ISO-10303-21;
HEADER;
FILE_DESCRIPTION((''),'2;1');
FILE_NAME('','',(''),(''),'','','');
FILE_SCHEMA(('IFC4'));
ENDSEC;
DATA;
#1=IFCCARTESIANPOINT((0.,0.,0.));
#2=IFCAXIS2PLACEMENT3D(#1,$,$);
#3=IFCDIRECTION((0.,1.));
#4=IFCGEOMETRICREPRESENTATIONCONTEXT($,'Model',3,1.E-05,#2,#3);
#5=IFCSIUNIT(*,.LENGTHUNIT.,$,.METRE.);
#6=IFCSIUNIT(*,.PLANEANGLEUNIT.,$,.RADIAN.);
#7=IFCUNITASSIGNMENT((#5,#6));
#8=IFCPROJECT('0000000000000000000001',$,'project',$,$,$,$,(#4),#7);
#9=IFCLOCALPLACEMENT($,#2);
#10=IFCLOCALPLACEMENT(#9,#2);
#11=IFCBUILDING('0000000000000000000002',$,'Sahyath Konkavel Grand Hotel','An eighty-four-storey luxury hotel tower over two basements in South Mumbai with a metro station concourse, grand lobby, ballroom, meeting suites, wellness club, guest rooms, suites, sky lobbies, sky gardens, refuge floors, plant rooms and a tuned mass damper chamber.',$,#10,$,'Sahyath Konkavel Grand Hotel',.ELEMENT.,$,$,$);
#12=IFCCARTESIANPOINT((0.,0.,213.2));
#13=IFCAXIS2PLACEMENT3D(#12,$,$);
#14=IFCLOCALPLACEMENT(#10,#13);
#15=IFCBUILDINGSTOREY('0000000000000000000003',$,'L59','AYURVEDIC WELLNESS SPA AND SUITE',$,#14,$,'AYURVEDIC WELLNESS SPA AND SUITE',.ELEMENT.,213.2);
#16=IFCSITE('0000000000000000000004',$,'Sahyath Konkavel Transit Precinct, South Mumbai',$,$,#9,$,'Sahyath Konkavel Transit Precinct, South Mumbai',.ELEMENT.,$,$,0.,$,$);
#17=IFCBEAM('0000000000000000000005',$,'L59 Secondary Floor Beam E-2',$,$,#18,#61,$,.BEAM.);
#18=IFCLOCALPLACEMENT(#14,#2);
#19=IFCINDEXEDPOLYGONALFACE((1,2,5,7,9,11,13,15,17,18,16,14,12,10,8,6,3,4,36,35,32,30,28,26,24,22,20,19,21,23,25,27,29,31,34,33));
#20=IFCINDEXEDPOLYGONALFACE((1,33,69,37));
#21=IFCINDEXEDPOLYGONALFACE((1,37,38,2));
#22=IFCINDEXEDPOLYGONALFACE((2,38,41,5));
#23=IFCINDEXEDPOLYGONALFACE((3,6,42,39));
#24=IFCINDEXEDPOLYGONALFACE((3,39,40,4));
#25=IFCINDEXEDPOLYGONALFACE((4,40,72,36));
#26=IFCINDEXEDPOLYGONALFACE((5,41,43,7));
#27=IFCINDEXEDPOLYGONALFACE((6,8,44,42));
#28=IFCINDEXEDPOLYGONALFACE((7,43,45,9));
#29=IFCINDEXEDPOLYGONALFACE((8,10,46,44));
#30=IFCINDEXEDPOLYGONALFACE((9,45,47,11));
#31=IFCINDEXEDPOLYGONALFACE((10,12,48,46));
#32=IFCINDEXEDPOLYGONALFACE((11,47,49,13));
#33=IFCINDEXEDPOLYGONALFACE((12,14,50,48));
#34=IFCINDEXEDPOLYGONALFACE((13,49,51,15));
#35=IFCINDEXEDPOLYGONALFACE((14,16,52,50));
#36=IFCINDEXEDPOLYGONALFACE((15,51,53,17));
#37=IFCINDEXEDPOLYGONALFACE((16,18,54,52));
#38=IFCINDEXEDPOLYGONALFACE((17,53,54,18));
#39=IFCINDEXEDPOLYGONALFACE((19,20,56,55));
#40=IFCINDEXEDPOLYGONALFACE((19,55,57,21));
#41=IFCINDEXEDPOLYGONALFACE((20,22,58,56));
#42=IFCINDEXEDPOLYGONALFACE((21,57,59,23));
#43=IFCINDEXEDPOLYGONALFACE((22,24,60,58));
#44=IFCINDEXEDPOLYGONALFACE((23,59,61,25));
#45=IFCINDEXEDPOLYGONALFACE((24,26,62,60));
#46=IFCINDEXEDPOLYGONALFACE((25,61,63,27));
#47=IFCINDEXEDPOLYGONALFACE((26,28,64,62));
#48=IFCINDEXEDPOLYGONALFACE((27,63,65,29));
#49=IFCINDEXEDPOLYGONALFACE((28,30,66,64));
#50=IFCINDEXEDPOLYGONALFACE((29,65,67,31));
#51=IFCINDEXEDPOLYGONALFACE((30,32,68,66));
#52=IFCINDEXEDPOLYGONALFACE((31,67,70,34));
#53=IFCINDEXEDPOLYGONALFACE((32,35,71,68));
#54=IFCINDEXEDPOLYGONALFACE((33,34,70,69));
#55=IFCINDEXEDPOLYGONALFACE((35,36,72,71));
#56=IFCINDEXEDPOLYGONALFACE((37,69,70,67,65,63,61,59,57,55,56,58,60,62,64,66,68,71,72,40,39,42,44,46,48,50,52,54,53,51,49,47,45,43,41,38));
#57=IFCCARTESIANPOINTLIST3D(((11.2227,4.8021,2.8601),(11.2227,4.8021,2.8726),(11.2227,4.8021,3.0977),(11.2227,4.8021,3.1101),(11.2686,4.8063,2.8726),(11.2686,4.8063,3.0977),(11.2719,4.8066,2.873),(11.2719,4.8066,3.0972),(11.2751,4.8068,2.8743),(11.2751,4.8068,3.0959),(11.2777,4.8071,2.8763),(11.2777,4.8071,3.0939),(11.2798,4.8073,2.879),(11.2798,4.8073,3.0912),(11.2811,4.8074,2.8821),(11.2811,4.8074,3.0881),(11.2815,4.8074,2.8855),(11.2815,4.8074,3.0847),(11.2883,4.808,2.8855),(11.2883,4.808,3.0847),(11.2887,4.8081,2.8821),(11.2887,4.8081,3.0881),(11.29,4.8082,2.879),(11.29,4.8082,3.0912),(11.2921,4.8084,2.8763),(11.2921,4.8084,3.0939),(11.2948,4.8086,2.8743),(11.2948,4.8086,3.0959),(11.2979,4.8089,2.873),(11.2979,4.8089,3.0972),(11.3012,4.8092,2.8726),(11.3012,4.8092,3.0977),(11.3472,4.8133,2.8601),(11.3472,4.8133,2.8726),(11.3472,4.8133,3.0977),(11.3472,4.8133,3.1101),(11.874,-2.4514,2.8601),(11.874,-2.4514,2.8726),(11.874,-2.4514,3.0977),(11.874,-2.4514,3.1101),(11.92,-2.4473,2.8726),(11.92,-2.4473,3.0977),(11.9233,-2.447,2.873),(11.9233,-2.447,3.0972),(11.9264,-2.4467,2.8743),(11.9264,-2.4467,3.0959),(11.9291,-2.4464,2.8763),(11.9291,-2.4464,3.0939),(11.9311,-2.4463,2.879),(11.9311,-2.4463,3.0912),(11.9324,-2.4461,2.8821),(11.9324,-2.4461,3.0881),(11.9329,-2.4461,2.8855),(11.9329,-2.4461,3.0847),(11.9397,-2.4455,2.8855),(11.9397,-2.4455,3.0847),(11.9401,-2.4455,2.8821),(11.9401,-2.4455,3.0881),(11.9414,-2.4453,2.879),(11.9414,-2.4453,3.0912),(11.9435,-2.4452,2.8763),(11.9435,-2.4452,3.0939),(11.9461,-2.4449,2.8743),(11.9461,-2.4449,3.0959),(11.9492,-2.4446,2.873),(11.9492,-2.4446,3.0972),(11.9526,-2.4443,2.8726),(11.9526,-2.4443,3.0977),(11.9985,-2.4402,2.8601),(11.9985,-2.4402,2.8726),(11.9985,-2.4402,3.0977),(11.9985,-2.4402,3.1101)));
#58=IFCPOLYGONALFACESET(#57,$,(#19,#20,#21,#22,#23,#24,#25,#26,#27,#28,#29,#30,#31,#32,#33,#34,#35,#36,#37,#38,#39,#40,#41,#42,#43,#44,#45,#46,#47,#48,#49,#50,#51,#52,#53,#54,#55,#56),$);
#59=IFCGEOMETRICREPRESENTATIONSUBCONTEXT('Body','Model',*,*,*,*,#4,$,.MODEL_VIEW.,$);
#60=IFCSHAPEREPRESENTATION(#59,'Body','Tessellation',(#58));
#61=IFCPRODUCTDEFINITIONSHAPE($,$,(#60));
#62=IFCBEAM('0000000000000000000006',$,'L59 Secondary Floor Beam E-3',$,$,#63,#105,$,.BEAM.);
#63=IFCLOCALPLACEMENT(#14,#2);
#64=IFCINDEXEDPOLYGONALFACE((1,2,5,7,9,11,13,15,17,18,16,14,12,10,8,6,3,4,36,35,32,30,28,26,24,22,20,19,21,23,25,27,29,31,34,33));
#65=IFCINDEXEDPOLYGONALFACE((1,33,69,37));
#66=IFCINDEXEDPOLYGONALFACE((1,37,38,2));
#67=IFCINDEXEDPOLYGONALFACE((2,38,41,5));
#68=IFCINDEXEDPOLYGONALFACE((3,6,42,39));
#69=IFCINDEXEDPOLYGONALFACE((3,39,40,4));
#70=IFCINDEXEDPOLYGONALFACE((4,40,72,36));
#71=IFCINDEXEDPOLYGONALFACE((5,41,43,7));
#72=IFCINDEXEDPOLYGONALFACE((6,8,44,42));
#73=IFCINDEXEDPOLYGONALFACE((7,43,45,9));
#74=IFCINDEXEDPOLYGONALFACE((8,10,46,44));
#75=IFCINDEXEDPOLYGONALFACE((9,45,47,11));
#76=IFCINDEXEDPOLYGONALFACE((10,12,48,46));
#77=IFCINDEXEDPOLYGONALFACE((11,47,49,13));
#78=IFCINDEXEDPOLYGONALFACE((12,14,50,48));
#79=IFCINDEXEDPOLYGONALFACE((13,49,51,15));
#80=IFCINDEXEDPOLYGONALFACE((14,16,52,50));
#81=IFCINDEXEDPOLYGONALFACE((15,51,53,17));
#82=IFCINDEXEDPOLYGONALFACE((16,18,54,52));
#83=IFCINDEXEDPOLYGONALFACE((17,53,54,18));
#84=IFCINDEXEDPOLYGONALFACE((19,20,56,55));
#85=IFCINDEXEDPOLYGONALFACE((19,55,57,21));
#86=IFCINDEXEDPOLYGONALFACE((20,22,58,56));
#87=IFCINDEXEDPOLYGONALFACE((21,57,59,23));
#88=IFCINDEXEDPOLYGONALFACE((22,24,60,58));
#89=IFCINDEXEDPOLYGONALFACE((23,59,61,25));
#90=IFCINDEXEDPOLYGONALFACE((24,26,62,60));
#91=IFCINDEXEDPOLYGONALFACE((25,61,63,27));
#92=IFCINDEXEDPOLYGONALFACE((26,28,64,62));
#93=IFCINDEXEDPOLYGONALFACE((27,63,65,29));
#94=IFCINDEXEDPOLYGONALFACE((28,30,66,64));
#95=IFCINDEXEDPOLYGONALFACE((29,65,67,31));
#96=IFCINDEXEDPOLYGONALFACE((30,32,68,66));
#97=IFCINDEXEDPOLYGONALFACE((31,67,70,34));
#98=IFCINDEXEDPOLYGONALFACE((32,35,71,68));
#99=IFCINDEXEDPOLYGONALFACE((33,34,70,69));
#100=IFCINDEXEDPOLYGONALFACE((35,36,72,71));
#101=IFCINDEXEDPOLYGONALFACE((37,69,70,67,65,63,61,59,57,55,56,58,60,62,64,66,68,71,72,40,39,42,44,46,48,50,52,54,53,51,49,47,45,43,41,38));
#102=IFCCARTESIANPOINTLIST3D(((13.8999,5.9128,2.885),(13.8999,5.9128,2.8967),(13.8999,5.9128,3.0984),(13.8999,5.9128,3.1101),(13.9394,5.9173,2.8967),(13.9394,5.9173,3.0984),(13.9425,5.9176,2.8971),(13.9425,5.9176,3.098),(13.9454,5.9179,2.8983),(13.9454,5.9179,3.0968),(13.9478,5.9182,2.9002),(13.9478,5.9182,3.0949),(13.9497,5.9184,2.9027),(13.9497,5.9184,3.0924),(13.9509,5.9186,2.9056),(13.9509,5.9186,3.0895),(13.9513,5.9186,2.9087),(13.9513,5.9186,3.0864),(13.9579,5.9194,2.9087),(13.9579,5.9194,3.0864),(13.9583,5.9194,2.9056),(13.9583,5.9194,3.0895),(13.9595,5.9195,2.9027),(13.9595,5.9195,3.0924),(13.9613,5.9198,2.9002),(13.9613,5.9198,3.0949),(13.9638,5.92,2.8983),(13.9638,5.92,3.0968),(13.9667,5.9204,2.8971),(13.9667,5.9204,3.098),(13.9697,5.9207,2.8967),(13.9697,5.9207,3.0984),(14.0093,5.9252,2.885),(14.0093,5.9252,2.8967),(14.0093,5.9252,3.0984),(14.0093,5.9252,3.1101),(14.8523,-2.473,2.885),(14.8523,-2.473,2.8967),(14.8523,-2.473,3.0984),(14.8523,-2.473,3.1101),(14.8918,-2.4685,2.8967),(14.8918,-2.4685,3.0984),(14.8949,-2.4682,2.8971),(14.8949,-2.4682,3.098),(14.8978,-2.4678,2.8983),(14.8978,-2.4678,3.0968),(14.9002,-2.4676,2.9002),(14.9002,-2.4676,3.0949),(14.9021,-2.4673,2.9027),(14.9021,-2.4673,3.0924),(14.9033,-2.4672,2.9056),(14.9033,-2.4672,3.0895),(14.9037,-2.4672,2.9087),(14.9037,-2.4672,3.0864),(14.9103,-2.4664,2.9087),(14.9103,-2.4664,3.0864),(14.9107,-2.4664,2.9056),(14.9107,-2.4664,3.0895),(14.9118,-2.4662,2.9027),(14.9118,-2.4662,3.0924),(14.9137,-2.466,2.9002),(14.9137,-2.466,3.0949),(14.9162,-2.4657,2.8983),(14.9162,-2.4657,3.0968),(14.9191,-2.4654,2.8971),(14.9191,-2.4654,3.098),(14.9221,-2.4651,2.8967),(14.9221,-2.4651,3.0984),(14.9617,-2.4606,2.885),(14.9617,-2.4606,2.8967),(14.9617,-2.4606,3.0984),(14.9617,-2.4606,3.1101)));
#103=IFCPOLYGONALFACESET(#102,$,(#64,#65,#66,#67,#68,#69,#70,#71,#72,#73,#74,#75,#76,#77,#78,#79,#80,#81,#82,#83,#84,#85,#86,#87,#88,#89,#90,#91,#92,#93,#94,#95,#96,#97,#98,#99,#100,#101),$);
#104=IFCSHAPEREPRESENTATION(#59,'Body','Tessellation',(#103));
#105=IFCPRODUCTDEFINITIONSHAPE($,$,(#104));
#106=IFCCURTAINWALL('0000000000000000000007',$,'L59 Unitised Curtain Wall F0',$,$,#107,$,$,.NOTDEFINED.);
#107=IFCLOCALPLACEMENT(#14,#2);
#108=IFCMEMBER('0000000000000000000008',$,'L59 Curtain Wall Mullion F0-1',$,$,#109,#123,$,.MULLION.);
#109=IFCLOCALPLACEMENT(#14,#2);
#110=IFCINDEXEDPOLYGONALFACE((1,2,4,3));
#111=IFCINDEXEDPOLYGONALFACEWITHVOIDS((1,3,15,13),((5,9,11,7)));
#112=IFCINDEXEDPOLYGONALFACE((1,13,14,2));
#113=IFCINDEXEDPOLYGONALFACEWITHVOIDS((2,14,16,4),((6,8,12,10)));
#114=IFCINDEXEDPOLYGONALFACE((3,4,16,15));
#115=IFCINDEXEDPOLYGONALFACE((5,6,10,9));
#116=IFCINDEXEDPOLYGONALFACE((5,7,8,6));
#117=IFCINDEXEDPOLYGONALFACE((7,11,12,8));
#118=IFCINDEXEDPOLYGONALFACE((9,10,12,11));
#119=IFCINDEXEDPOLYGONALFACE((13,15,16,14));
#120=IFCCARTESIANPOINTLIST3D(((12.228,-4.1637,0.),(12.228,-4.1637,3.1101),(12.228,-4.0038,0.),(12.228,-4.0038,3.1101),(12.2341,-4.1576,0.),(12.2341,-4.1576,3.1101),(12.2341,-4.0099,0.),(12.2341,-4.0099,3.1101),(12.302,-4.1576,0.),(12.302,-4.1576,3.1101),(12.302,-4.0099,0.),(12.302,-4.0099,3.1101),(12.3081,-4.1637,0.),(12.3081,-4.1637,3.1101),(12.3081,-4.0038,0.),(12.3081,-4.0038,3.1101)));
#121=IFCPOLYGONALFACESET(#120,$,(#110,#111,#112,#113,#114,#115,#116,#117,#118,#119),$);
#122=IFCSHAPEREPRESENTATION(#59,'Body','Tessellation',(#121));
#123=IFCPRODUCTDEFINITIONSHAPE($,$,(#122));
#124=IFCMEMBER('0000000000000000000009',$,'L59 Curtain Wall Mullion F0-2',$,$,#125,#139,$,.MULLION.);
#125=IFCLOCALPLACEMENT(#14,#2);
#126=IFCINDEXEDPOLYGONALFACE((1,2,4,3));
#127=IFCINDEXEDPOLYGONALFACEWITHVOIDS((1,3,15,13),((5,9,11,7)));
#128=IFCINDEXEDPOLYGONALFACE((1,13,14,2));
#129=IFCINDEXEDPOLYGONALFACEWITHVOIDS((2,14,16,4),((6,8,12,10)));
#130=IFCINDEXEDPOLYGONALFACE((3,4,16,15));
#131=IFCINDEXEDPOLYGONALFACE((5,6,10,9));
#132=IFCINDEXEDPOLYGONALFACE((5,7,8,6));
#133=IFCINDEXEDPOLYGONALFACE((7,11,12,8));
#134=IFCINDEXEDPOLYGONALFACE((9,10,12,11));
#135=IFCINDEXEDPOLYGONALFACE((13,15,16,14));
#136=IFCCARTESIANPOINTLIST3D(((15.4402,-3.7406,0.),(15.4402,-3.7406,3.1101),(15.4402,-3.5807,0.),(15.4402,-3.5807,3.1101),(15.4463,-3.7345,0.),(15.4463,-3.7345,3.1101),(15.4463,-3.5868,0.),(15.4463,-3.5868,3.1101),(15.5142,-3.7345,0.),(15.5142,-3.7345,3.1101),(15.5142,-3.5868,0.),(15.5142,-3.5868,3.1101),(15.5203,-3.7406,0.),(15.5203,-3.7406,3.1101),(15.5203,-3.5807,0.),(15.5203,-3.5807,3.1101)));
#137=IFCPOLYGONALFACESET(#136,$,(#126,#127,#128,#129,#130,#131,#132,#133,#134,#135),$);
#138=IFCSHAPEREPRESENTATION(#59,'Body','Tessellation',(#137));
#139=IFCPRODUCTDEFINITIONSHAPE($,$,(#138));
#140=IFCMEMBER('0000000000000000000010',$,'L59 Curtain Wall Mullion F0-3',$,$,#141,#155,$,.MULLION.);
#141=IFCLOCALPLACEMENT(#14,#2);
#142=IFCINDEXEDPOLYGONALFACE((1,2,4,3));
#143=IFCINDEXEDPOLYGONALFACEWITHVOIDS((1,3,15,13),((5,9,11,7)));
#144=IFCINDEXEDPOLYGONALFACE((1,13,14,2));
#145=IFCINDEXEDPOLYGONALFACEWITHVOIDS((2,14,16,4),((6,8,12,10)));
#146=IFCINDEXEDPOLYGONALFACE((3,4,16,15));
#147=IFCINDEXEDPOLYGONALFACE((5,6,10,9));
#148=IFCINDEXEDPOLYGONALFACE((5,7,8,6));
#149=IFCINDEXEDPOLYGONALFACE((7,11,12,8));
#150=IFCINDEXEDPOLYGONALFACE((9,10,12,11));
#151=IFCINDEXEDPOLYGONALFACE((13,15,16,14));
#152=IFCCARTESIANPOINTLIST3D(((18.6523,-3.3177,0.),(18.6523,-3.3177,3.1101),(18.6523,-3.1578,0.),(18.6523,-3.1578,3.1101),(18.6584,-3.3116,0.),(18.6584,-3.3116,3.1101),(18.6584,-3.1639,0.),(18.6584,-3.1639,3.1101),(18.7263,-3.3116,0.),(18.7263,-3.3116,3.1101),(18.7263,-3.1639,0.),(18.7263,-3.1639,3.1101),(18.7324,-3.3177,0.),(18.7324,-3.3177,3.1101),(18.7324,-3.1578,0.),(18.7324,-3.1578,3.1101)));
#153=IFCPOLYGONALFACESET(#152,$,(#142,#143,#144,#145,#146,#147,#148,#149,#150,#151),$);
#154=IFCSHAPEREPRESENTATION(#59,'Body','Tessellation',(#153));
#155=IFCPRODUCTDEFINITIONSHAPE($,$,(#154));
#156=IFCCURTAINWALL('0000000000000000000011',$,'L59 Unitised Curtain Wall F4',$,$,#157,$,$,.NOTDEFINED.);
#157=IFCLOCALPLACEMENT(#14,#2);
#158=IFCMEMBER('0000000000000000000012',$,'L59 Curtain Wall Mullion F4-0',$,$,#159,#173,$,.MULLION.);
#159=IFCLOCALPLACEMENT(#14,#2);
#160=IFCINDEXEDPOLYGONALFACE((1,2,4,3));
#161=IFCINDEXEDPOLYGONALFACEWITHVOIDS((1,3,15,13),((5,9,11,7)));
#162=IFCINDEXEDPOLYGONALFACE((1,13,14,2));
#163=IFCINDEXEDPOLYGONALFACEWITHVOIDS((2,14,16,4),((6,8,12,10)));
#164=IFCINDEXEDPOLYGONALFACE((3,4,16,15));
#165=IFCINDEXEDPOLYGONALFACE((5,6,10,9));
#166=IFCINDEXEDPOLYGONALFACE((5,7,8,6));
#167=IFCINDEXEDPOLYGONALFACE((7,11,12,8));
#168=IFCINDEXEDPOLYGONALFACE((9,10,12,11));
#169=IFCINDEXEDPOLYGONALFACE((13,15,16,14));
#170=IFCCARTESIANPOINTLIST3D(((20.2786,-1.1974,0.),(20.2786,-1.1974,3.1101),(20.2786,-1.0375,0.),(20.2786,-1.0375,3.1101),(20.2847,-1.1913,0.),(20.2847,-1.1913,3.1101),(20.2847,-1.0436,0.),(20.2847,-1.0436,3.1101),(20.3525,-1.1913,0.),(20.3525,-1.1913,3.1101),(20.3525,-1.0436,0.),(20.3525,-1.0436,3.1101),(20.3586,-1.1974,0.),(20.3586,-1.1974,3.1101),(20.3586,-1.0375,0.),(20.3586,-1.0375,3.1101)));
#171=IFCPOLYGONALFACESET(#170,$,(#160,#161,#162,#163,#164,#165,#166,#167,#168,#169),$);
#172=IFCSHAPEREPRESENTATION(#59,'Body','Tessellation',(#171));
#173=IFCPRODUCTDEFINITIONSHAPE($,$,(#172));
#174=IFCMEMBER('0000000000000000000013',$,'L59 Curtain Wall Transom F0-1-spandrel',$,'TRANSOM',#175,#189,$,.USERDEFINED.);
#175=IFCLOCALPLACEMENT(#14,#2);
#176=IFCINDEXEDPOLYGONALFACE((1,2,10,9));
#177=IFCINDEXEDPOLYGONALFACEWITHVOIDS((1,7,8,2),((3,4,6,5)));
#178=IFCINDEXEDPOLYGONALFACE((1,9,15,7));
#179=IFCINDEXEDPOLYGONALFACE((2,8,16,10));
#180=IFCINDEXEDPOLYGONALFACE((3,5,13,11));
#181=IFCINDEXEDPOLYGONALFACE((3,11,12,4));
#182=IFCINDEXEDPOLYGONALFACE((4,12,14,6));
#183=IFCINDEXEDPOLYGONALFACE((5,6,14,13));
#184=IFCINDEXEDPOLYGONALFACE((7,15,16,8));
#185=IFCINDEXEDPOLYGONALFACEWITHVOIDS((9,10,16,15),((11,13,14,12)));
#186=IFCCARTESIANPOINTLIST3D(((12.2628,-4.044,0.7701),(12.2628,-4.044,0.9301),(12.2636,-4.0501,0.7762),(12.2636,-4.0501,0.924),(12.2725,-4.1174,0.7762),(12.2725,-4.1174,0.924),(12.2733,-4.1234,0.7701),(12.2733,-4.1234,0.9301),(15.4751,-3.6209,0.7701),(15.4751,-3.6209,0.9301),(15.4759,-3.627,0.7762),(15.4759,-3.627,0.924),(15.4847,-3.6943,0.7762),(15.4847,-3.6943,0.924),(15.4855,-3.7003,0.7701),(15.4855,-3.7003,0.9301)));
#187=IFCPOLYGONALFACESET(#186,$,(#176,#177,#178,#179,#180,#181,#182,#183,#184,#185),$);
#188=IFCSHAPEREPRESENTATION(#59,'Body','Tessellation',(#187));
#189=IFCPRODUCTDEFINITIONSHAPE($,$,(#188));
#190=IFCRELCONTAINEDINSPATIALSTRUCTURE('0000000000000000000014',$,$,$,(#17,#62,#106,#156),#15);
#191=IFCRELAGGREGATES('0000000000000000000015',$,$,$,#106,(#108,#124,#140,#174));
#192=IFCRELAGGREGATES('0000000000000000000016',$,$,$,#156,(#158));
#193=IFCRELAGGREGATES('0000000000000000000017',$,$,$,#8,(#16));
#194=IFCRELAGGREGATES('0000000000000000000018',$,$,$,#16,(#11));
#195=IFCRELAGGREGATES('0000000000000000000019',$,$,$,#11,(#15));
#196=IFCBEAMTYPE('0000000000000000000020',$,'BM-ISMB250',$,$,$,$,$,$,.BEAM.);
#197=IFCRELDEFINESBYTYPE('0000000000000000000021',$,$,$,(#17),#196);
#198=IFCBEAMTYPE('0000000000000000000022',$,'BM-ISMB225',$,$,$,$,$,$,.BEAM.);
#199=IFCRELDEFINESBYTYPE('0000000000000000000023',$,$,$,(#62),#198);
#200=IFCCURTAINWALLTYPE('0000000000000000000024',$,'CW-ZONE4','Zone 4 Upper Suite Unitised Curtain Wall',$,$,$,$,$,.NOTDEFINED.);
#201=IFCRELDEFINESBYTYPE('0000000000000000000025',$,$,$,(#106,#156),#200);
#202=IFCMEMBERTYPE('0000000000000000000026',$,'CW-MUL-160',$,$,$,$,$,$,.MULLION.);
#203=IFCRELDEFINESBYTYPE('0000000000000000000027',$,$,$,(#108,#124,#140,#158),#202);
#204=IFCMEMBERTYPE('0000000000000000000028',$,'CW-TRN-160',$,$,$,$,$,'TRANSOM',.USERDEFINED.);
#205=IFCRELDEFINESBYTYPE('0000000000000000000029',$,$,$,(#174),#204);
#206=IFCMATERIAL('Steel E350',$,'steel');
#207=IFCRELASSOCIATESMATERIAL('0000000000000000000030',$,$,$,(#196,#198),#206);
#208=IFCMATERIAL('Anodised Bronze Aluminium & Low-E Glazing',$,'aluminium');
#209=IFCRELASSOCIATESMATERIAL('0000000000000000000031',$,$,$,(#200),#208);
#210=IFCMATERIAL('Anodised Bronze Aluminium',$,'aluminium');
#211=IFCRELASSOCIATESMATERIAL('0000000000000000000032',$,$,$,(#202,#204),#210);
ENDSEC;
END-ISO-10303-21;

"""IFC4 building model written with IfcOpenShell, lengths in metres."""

from ifc_helpers import new_model, si_unit, direction, frame, origin, origin_2d, place, context, subcontext, project, spatial, hollow_rectangle, i_section, extrude, source, transform, mapped, material, material_profile, profile_set, type_object, element, aggregate, save


model = new_model("IFC4")

# Units and contexts
model_context = context("Model", 3, precision=1e-05, world=origin(), true_north=direction((0.0, 1.0)))
body_context = subcontext(model_context, "Body", "Model", "MODEL_VIEW")
ifc_project = project(units=[si_unit("LENGTHUNIT", "METRE"), si_unit("PLANEANGLEUNIT", "RADIAN")], contexts=[model_context])

# Site, building, storey
site_placement = place(None, origin())
site = spatial("IfcSite", under=ifc_project, at=site_placement, Name="Sahyath Konkavel Transit Precinct, South Mumbai", LongName="Sahyath Konkavel Transit Precinct, South Mumbai", CompositionType="ELEMENT", RefElevation=0.0)
building_placement = place(site_placement, origin())
building = spatial("IfcBuilding", under=site, at=building_placement, Name="Sahyath Konkavel Grand Hotel", Description="An eighty-four-storey luxury hotel tower over two basements in South Mumbai with a metro station concourse, grand lobby, ballroom, meeting suites, wellness club, guest rooms, suites, sky lobbies, sky gardens, refuge floors, plant rooms and a tuned mass damper chamber.", LongName="Sahyath Konkavel Grand Hotel", CompositionType="ELEMENT")
storey_placement = place(building_placement, frame((0.0, 0.0, 213.2)))
storey = spatial("IfcBuildingStorey", under=building, at=storey_placement, Name="L59", Description="AYURVEDIC WELLNESS SPA AND SUITE", LongName="AYURVEDIC WELLNESS SPA AND SUITE", CompositionType="ELEMENT", Elevation=213.2)

# Beams
ifc_material_1 = material(Name="Steel E350", Category="steel")
ifc_material_profile_1 = material_profile(ifc_material_1, i_section(OverallWidth=0.125, OverallDepth=0.25, WebThickness=0.0068, FlangeThickness=0.0125, FilletRadius=0.0129, at=origin_2d()), Name="ISMB 250")
ifc_profile_set_1 = profile_set([ifc_material_profile_1], Name="Steel E350")
beam_type_1 = type_object("IfcBeamType", Name="BM-ISMB250", PredefinedType="BEAM", material=ifc_profile_set_1)
shared_shape_1 = source(origin(), body_context, "Body", "SweptSolid", [
    extrude(i_section(OverallWidth=0.125, OverallDepth=0.25, WebThickness=0.0068, FlangeThickness=0.0125, FilletRadius=0.0129, at=origin_2d()), origin(), (0.0, 0.0, 1.0), 7.2827),
])
beam_1_placement = place(storey_placement, frame((11.9363, -2.4458, 2.9851), z_axis=(-0.089441, 0.995992, 0.0), x_axis=(-0.995992, -0.089441, 0.0)))
element("IfcBeam", 1, at=beam_1_placement, inside=storey, type_object=beam_type_1, Name="L59 Secondary Floor Beam E-2", PredefinedType="BEAM", context=body_context, shape_type="MappedRepresentation", body=[
    mapped(shared_shape_1, transform((0.0, 0.0, 0.0), scale=1.0)),
])
ifc_material_profile_2 = material_profile(ifc_material_1, i_section(OverallWidth=0.1101, OverallDepth=0.2251, WebThickness=0.0066, FlangeThickness=0.0117, FilletRadius=0.012, at=origin_2d()), Name="ISMB 225")
ifc_profile_set_2 = profile_set([ifc_material_profile_2], Name="Steel E350")
beam_type_2 = type_object("IfcBeamType", Name="BM-ISMB225", PredefinedType="BEAM", material=ifc_profile_set_2)
shared_shape_2 = source(origin(), body_context, "Body", "SweptSolid", [
    extrude(i_section(OverallWidth=0.1101, OverallDepth=0.2251, WebThickness=0.0066, FlangeThickness=0.0117, FilletRadius=0.012, at=origin_2d()), origin(), (0.0, 0.0, 1.0), 8.4397),
])
beam_2_placement = place(storey_placement, frame((14.907, -2.4668, 2.9976), z_axis=(-0.112847, 0.993612, 0.0), x_axis=(-0.993612, -0.112847, 0.0)))
element("IfcBeam", 2, at=beam_2_placement, inside=storey, type_object=beam_type_2, Name="L59 Secondary Floor Beam E-3", PredefinedType="BEAM", context=body_context, shape_type="MappedRepresentation", body=[
    mapped(shared_shape_2, transform((0.0, 0.0, 0.0), scale=1.0)),
])

# Curtain wall, members
ifc_material_2 = material(Name="Anodised Bronze Aluminium & Low-E Glazing", Category="aluminium")
curtain_wall_type = type_object("IfcCurtainWallType", Name="CW-ZONE4", Description="Zone 4 Upper Suite Unitised Curtain Wall", PredefinedType="NOTDEFINED", material=ifc_material_2)
curtain_wall_1_placement = place(storey_placement, origin())
curtain_wall_1 = element("IfcCurtainWall", 3, at=curtain_wall_1_placement, inside=storey, type_object=curtain_wall_type, Name="L59 Unitised Curtain Wall F0", PredefinedType="NOTDEFINED")
ifc_material_3 = material(Name="Anodised Bronze Aluminium", Category="aluminium")
ifc_material_profile_3 = material_profile(ifc_material_3, hollow_rectangle(XDim=0.0801, YDim=0.1599, WallThickness=0.0061, at=origin_2d()), Name="RHS 160x80x6")
ifc_profile_set_3 = profile_set([ifc_material_profile_3], Name="Anodised Bronze Aluminium")
member_type_1 = type_object("IfcMemberType", Name="CW-MUL-160", PredefinedType="MULLION", material=ifc_profile_set_3)
shared_shape_3 = source(origin(), body_context, "Body", "SweptSolid", [
    extrude(hollow_rectangle(XDim=0.0801, YDim=0.1599, WallThickness=0.0061, at=origin_2d()), origin(), (0.0, 0.0, 1.0), 3.1101),
])
member_1_placement = place(storey_placement, frame((12.2681, -4.0837, 0.0), z_axis=(0.0, 0.0, 1.0), x_axis=(1.0, 0.0, 0.0)))
member_1 = element("IfcMember", 4, at=member_1_placement, type_object=member_type_1, Name="L59 Curtain Wall Mullion F0-1", PredefinedType="MULLION", context=body_context, shape_type="MappedRepresentation", body=[
    mapped(shared_shape_3, transform((0.0, 0.0, 0.0), scale=1.0)),
])
member_2_placement = place(storey_placement, frame((15.4802, -3.6606, 0.0), z_axis=(0.0, 0.0, 1.0), x_axis=(1.0, 0.0, 0.0)))
member_2 = element("IfcMember", 5, at=member_2_placement, type_object=member_type_1, Name="L59 Curtain Wall Mullion F0-2", PredefinedType="MULLION", context=body_context, shape_type="MappedRepresentation", body=[
    mapped(shared_shape_3, transform((0.0, 0.0, 0.0), scale=1.0)),
])
member_3_placement = place(storey_placement, frame((18.6924, -3.2378, 0.0), z_axis=(0.0, 0.0, 1.0), x_axis=(1.0, 0.0, 0.0)))
member_3 = element("IfcMember", 6, at=member_3_placement, type_object=member_type_1, Name="L59 Curtain Wall Mullion F0-3", PredefinedType="MULLION", context=body_context, shape_type="MappedRepresentation", body=[
    mapped(shared_shape_3, transform((0.0, 0.0, 0.0), scale=1.0)),
])

# Curtain wall, member
curtain_wall_2_placement = place(storey_placement, origin())
curtain_wall_2 = element("IfcCurtainWall", 7, at=curtain_wall_2_placement, inside=storey, type_object=curtain_wall_type, Name="L59 Unitised Curtain Wall F4", PredefinedType="NOTDEFINED")
member_4_placement = place(storey_placement, frame((20.3186, -1.1174, 0.0), z_axis=(0.0, 0.0, 1.0), x_axis=(1.0, 0.0, 0.0)))
member_4 = element("IfcMember", 8, at=member_4_placement, type_object=member_type_1, Name="L59 Curtain Wall Mullion F4-0", PredefinedType="MULLION", context=body_context, shape_type="MappedRepresentation", body=[
    mapped(shared_shape_3, transform((0.0, 0.0, 0.0), scale=1.0)),
])

# Member
ifc_material_profile_4 = material_profile(ifc_material_3, hollow_rectangle(XDim=0.0801, YDim=0.1599, WallThickness=0.0061, at=origin_2d()), Name="RHS 160x80x6")
ifc_profile_set_4 = profile_set([ifc_material_profile_4], Name="Anodised Bronze Aluminium")
member_type_2 = type_object("IfcMemberType", Name="CW-TRN-160", ElementType="TRANSOM", PredefinedType="USERDEFINED", material=ifc_profile_set_4)
shared_shape_4 = source(origin(), body_context, "Body", "SweptSolid", [
    extrude(hollow_rectangle(XDim=0.0801, YDim=0.1599, WallThickness=0.0061, at=origin_2d()), origin(), (0.0, 0.0, 1.0), 3.24),
])
member_5_placement = place(storey_placement, frame((12.2681, -4.0837, 0.8501), z_axis=(0.991437, 0.130589, 0.0), x_axis=(-0.130589, 0.991437, 0.0)))
member_5 = element("IfcMember", 9, at=member_5_placement, type_object=member_type_2, Name="L59 Curtain Wall Transom F0-1-spandrel", ObjectType="TRANSOM", PredefinedType="USERDEFINED", context=body_context, shape_type="MappedRepresentation", body=[
    mapped(shared_shape_4, transform((0.0, 0.0, 0.0), scale=1.0)),
])

aggregate(curtain_wall_1, [member_1, member_2, member_3, member_5])
aggregate(curtain_wall_2, [member_4])

save(model, "model.ifc")
